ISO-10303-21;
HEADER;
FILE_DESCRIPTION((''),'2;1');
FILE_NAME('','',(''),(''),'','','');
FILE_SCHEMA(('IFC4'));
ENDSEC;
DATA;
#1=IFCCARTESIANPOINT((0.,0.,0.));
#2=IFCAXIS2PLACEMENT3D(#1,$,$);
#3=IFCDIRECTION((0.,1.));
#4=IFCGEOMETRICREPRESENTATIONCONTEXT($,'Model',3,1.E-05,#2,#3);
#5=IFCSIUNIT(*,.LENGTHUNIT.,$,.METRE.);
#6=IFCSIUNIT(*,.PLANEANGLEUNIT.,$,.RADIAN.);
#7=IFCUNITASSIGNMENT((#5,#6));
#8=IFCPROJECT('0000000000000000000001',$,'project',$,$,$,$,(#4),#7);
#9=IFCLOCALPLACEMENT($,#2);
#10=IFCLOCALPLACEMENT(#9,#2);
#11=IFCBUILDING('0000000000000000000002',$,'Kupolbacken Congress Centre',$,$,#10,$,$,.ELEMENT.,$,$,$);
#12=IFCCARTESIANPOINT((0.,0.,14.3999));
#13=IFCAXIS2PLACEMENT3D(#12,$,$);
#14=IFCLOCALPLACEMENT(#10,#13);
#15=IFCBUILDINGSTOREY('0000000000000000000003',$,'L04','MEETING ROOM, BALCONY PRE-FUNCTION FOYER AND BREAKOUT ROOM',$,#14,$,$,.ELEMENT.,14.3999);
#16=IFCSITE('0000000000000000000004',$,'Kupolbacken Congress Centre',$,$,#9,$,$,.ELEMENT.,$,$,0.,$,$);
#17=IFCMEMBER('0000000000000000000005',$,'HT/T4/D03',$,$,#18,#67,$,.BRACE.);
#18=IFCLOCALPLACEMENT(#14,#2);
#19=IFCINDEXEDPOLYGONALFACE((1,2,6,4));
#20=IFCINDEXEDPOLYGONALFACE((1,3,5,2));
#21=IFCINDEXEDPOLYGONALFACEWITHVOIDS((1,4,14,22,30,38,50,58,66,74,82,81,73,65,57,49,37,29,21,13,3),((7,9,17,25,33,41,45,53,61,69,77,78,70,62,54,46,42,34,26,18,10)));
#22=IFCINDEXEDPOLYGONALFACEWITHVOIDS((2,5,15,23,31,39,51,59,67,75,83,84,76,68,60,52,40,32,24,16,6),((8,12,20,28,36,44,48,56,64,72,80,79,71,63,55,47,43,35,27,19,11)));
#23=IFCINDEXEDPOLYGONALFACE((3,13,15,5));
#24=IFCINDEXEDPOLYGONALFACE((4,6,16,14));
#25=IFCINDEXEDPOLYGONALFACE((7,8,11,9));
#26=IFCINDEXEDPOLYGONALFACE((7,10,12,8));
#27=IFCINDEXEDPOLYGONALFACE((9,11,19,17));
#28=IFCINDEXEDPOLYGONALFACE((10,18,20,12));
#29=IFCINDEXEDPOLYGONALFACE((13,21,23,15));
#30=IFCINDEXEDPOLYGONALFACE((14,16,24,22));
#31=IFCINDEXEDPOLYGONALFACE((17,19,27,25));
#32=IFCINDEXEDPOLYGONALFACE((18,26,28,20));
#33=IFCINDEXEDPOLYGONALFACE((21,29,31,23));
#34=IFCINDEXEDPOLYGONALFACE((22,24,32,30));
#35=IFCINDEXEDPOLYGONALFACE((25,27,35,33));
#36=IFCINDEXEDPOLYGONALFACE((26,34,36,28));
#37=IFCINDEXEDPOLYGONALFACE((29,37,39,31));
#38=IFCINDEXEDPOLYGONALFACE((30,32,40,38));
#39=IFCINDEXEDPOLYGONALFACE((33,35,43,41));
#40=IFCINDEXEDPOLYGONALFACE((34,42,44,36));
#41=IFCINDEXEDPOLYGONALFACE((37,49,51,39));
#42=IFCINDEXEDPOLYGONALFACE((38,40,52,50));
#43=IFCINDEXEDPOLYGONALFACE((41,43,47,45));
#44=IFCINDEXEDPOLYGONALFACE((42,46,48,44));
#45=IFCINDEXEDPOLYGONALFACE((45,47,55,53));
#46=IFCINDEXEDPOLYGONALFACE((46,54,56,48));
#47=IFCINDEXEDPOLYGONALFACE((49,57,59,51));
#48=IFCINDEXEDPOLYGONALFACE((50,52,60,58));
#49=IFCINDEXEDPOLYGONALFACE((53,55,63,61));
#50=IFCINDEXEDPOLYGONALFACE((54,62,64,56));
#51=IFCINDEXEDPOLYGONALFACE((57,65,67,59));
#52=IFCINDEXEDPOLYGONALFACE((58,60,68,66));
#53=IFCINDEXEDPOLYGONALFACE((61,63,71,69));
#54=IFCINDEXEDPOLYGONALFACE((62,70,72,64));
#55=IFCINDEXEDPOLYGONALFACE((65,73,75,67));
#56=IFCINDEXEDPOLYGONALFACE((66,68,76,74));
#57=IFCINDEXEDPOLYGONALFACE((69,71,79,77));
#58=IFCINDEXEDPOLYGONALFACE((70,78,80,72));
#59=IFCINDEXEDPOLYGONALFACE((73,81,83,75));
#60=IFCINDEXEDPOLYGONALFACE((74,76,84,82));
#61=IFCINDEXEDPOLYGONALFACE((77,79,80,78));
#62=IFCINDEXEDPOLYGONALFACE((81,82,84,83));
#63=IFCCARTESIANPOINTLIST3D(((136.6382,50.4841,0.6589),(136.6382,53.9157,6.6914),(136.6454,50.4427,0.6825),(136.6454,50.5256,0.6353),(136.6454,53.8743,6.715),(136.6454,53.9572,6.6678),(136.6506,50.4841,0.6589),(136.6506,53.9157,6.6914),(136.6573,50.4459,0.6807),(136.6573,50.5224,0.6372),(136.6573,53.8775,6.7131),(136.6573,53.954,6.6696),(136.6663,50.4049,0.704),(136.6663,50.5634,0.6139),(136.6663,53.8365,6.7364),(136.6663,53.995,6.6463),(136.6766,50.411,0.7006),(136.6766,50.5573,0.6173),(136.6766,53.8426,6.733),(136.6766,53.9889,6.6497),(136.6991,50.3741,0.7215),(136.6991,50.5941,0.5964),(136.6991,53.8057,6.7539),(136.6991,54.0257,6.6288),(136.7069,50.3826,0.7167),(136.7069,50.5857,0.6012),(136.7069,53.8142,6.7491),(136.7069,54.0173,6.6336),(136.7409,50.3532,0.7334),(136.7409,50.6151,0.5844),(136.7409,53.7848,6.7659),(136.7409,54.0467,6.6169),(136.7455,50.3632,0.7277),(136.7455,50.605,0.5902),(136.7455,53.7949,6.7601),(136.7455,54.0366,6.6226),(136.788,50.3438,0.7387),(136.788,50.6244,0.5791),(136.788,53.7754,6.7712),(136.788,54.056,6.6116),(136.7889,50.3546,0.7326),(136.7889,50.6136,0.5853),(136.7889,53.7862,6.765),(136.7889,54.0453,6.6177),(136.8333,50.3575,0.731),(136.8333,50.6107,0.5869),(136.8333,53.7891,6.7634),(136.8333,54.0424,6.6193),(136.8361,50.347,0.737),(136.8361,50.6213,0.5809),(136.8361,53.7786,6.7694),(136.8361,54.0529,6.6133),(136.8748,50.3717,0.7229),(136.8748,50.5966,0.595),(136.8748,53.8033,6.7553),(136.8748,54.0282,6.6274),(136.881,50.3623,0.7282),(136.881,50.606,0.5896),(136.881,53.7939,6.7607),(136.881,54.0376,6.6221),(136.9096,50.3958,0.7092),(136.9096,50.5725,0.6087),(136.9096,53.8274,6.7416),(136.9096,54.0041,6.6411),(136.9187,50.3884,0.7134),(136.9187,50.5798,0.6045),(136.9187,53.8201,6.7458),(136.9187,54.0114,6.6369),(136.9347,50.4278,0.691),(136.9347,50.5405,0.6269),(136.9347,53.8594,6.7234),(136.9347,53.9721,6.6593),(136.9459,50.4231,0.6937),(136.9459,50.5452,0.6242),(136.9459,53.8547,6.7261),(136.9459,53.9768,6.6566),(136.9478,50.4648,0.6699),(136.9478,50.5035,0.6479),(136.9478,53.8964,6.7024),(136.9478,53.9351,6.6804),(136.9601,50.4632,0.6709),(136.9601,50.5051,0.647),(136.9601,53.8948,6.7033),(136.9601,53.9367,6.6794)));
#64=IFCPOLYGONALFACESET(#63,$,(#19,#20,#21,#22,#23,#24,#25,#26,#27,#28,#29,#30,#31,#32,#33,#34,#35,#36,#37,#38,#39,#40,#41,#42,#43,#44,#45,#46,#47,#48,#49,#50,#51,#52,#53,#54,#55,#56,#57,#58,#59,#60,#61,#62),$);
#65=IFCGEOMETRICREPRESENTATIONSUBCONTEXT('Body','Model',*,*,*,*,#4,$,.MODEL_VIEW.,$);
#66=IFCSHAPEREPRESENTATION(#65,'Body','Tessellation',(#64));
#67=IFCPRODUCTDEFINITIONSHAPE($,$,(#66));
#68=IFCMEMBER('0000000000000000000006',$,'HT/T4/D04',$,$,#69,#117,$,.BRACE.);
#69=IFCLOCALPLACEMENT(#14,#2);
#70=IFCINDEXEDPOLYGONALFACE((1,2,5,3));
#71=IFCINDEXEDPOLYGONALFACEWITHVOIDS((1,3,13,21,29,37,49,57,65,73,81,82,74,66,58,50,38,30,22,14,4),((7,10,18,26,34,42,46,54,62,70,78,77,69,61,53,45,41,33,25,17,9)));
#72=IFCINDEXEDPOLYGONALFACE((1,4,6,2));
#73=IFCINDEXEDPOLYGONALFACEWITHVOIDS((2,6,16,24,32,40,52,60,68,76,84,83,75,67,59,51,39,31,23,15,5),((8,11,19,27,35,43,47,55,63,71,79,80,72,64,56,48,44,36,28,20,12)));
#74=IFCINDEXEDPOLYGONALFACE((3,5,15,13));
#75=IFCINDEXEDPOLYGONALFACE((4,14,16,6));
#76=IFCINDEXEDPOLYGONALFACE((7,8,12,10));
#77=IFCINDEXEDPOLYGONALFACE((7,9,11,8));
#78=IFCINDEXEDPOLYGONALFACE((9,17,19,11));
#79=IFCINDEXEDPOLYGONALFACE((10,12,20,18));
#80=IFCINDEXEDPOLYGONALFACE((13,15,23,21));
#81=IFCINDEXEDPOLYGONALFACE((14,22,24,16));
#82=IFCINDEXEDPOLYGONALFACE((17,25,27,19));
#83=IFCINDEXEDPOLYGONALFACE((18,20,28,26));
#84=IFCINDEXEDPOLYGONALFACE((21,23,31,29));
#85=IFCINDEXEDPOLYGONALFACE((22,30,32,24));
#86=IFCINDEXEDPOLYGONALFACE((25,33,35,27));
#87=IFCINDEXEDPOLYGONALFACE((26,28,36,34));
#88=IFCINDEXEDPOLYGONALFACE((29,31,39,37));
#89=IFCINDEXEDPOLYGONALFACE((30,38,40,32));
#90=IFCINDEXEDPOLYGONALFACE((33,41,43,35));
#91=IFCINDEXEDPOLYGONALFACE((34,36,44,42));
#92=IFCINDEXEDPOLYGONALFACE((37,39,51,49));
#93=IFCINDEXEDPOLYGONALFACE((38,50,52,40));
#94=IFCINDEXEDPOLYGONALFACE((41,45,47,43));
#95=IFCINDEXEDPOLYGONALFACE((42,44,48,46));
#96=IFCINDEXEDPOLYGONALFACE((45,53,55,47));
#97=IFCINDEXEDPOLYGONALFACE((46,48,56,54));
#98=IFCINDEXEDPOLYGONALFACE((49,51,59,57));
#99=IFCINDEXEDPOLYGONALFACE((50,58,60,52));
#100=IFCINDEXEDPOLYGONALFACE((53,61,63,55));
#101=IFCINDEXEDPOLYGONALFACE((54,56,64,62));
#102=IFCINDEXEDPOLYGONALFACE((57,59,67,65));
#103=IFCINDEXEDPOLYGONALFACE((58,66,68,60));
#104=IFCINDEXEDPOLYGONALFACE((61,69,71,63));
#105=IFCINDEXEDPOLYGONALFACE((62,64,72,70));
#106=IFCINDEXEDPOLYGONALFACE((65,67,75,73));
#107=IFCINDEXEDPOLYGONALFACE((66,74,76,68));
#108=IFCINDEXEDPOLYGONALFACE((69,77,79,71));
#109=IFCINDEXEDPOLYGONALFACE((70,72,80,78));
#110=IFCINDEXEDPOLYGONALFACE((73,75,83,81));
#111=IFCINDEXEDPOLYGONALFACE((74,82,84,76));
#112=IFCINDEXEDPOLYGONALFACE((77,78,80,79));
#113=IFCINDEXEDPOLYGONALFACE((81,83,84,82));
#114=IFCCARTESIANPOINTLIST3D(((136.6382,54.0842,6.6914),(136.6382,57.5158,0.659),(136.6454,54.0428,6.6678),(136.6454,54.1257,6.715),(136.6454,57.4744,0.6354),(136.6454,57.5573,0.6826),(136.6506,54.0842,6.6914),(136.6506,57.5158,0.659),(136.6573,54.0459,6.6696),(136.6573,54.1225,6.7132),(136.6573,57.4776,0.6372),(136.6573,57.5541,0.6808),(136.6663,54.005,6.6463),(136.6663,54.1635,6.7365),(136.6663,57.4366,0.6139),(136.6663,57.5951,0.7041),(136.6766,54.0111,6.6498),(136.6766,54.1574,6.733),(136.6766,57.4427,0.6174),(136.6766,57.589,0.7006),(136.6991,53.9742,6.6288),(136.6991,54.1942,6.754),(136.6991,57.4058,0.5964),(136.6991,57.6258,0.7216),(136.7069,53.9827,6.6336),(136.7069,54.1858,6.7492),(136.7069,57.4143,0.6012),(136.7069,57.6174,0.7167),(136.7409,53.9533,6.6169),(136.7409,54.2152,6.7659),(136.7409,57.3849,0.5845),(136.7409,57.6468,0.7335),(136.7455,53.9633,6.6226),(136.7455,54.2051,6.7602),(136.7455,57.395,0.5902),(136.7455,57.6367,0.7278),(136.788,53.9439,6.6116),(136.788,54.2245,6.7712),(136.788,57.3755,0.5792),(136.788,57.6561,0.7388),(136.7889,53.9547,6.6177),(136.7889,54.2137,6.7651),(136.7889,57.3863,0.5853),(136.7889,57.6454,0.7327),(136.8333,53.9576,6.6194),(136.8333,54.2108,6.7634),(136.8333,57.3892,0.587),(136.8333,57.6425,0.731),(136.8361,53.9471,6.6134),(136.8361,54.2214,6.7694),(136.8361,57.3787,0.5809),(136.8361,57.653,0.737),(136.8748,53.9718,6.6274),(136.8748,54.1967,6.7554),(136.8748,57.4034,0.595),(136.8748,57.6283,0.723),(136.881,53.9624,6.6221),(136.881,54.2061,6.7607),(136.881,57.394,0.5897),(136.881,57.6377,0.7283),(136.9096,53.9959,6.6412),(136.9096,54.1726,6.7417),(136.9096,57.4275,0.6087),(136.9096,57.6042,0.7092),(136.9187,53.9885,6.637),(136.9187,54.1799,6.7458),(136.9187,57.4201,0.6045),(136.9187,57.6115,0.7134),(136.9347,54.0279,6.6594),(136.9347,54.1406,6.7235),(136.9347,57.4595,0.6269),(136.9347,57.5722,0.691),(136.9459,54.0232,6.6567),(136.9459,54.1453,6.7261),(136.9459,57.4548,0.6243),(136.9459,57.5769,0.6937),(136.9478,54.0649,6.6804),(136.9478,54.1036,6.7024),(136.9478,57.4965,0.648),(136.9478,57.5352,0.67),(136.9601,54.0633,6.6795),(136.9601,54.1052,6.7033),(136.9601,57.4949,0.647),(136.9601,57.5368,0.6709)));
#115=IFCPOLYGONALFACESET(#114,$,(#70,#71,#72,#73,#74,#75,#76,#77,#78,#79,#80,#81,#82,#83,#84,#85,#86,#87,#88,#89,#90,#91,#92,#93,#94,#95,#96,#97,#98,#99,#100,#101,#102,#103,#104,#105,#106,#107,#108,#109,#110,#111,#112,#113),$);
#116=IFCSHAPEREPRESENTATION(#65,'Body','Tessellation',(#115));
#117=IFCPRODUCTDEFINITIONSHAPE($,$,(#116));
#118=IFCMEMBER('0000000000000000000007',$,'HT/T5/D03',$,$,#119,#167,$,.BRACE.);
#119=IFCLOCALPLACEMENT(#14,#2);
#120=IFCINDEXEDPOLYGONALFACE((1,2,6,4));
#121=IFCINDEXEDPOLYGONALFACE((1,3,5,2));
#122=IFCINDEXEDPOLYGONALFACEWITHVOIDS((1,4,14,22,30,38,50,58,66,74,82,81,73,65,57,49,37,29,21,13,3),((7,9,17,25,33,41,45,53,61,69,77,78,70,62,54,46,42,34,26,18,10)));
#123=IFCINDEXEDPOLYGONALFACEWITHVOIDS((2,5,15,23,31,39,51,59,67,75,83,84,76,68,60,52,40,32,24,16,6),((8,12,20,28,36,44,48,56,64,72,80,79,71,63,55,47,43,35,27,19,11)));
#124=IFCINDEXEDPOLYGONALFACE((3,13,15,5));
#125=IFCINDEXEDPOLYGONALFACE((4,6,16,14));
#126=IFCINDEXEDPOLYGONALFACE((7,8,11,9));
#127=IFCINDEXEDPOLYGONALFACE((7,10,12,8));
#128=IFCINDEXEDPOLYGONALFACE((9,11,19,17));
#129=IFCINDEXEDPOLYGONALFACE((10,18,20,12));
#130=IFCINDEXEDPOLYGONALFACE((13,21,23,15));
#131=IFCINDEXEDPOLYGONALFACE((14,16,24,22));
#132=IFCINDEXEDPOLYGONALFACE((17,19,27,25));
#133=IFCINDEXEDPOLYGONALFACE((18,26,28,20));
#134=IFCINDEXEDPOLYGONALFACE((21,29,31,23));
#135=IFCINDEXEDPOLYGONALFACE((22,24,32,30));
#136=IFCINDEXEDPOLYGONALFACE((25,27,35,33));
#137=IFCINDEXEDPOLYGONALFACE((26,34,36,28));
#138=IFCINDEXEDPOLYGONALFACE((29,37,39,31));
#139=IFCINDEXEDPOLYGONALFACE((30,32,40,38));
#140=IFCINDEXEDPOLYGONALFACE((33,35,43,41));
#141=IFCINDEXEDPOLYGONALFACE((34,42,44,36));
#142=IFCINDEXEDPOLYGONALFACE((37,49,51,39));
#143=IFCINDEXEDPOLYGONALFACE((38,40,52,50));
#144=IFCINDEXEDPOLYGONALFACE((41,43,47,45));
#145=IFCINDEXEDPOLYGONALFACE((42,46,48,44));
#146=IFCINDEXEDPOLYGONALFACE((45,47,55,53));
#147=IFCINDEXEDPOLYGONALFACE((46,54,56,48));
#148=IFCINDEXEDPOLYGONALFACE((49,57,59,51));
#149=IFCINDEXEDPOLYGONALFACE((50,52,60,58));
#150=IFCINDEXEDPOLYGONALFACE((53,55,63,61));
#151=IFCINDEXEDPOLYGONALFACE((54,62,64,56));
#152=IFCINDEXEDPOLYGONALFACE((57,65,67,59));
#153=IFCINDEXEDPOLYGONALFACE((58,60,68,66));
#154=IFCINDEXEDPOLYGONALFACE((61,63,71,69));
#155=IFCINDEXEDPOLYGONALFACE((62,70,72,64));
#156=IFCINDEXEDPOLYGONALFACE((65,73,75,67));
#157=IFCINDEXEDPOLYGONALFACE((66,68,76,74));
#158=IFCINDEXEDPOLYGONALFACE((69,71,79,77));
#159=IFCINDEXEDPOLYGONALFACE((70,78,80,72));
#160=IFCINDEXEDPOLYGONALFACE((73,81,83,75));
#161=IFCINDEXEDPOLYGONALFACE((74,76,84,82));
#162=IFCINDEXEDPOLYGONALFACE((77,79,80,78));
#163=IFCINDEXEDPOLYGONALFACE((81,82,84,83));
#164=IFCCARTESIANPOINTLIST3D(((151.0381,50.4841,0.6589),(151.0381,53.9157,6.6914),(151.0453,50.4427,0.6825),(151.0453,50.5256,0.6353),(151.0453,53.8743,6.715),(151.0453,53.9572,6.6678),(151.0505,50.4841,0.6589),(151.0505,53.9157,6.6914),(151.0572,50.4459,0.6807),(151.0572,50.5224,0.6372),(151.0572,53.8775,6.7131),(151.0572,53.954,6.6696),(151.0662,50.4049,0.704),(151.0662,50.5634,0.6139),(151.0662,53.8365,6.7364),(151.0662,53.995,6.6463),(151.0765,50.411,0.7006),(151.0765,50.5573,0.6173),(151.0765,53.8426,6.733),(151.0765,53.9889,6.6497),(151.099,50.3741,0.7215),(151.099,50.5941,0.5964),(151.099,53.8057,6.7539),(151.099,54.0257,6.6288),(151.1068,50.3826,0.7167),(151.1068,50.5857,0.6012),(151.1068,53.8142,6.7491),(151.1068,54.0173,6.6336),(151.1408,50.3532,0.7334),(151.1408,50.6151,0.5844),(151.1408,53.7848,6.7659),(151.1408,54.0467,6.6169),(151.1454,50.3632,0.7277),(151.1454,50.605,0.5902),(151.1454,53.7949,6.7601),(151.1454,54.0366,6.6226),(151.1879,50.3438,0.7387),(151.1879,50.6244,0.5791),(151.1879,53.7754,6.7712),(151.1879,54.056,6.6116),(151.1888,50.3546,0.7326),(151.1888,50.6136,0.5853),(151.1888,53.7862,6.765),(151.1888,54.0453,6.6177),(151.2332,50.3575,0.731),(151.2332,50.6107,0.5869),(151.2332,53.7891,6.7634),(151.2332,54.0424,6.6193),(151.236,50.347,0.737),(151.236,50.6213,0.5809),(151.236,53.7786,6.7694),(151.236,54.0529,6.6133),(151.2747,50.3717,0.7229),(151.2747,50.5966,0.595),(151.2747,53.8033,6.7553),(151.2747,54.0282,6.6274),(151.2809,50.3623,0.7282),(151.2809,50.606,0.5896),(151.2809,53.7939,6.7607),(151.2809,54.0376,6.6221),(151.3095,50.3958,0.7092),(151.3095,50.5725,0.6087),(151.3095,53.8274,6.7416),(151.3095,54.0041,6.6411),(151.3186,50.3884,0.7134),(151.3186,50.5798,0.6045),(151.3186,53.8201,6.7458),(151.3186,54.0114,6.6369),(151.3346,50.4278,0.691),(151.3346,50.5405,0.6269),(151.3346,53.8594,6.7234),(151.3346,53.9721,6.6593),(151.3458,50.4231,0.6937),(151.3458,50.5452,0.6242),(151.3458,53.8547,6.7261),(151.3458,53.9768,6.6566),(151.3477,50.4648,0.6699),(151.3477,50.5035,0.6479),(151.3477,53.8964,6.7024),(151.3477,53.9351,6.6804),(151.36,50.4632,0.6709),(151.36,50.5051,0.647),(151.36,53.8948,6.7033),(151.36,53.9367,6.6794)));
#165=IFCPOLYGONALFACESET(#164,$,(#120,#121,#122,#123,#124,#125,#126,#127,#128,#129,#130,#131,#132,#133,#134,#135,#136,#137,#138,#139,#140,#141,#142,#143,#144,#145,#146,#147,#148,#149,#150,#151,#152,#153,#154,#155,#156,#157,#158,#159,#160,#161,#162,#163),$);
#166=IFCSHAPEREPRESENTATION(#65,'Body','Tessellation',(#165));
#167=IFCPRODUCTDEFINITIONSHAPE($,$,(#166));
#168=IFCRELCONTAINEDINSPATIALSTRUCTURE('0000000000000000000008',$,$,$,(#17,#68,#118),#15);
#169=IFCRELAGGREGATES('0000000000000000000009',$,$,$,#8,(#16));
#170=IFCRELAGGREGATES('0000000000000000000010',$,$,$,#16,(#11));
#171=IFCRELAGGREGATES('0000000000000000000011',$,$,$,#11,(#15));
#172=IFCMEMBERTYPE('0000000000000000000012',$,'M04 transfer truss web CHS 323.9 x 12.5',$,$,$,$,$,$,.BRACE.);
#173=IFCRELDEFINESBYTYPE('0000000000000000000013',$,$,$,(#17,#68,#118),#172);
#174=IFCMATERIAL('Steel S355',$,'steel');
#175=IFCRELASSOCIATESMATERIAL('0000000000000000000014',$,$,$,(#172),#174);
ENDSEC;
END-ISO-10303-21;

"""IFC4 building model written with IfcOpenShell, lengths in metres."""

from ifc_helpers import new_model, si_unit, direction, frame, origin, origin_2d, place, context, subcontext, project, spatial, hollow_circle, extrude, material, material_profile, profile_set, type_object, element, save


model = new_model("IFC4")

# Units and contexts
model_context = context("Model", 3, precision=1e-05, world=origin(), true_north=direction((0.0, 1.0)))
body_context = subcontext(model_context, "Body", "Model", "MODEL_VIEW")
ifc_project = project(units=[si_unit("LENGTHUNIT", "METRE"), si_unit("PLANEANGLEUNIT", "RADIAN")], contexts=[model_context])

# Site, building, storey
site_placement = place(None, origin())
site = spatial("IfcSite", under=ifc_project, at=site_placement, Name="Kupolbacken Congress Centre", CompositionType="ELEMENT", RefElevation=0.0)
building_placement = place(site_placement, origin())
building = spatial("IfcBuilding", under=site, at=building_placement, Name="Kupolbacken Congress Centre", CompositionType="ELEMENT")
storey_placement = place(building_placement, frame((0.0, 0.0, 14.3999)))
storey = spatial("IfcBuildingStorey", under=building, at=storey_placement, Name="L04", Description="MEETING ROOM, BALCONY PRE-FUNCTION FOYER AND BREAKOUT ROOM", CompositionType="ELEMENT", Elevation=14.3999)

# Members
ifc_material_1 = material(Name="Steel S355", Category="steel")
ifc_material_profile_1 = material_profile(ifc_material_1, hollow_circle(Radius=0.1619, WallThickness=0.0125, at=origin_2d()), Name="CHS 323.9 x 12.5")
ifc_profile_set_1 = profile_set([ifc_material_profile_1], Name="Steel S355")
member_type_1 = type_object("IfcMemberType", Name="M04 transfer truss web CHS 323.9 x 12.5", PredefinedType="BRACE", material=ifc_profile_set_1)
for number, where, z_axis, x_axis, name in (
    (1, (136.8, 50.4841, 0.6589), (0.0, 0.494456, 0.869203), (-1.0, 0.0, 0.0), "HT/T4/D03"),
    (2, (136.8, 54.0842, 6.6914), (0.0, 0.494456, -0.869203), (-1.0, 0.0, 0.0), "HT/T4/D04"),
    (3, (151.2, 50.4841, 0.6589), (0.0, 0.494456, 0.869203), (-1.0, 0.0, 0.0), "HT/T5/D03"),
):
    element("IfcMember", number, at=place(storey_placement, frame(where, z_axis=z_axis, x_axis=x_axis)), inside=storey, type_object=member_type_1, Name=name, PredefinedType="BRACE", context=body_context, shape_type="SweptSolid", body=[
        extrude(hollow_circle(Radius=0.1619, WallThickness=0.0125, at=origin_2d()), origin(), (0.0, 0.0, 1.0), 6.9402),
    ])

save(model, "model.ifc")
